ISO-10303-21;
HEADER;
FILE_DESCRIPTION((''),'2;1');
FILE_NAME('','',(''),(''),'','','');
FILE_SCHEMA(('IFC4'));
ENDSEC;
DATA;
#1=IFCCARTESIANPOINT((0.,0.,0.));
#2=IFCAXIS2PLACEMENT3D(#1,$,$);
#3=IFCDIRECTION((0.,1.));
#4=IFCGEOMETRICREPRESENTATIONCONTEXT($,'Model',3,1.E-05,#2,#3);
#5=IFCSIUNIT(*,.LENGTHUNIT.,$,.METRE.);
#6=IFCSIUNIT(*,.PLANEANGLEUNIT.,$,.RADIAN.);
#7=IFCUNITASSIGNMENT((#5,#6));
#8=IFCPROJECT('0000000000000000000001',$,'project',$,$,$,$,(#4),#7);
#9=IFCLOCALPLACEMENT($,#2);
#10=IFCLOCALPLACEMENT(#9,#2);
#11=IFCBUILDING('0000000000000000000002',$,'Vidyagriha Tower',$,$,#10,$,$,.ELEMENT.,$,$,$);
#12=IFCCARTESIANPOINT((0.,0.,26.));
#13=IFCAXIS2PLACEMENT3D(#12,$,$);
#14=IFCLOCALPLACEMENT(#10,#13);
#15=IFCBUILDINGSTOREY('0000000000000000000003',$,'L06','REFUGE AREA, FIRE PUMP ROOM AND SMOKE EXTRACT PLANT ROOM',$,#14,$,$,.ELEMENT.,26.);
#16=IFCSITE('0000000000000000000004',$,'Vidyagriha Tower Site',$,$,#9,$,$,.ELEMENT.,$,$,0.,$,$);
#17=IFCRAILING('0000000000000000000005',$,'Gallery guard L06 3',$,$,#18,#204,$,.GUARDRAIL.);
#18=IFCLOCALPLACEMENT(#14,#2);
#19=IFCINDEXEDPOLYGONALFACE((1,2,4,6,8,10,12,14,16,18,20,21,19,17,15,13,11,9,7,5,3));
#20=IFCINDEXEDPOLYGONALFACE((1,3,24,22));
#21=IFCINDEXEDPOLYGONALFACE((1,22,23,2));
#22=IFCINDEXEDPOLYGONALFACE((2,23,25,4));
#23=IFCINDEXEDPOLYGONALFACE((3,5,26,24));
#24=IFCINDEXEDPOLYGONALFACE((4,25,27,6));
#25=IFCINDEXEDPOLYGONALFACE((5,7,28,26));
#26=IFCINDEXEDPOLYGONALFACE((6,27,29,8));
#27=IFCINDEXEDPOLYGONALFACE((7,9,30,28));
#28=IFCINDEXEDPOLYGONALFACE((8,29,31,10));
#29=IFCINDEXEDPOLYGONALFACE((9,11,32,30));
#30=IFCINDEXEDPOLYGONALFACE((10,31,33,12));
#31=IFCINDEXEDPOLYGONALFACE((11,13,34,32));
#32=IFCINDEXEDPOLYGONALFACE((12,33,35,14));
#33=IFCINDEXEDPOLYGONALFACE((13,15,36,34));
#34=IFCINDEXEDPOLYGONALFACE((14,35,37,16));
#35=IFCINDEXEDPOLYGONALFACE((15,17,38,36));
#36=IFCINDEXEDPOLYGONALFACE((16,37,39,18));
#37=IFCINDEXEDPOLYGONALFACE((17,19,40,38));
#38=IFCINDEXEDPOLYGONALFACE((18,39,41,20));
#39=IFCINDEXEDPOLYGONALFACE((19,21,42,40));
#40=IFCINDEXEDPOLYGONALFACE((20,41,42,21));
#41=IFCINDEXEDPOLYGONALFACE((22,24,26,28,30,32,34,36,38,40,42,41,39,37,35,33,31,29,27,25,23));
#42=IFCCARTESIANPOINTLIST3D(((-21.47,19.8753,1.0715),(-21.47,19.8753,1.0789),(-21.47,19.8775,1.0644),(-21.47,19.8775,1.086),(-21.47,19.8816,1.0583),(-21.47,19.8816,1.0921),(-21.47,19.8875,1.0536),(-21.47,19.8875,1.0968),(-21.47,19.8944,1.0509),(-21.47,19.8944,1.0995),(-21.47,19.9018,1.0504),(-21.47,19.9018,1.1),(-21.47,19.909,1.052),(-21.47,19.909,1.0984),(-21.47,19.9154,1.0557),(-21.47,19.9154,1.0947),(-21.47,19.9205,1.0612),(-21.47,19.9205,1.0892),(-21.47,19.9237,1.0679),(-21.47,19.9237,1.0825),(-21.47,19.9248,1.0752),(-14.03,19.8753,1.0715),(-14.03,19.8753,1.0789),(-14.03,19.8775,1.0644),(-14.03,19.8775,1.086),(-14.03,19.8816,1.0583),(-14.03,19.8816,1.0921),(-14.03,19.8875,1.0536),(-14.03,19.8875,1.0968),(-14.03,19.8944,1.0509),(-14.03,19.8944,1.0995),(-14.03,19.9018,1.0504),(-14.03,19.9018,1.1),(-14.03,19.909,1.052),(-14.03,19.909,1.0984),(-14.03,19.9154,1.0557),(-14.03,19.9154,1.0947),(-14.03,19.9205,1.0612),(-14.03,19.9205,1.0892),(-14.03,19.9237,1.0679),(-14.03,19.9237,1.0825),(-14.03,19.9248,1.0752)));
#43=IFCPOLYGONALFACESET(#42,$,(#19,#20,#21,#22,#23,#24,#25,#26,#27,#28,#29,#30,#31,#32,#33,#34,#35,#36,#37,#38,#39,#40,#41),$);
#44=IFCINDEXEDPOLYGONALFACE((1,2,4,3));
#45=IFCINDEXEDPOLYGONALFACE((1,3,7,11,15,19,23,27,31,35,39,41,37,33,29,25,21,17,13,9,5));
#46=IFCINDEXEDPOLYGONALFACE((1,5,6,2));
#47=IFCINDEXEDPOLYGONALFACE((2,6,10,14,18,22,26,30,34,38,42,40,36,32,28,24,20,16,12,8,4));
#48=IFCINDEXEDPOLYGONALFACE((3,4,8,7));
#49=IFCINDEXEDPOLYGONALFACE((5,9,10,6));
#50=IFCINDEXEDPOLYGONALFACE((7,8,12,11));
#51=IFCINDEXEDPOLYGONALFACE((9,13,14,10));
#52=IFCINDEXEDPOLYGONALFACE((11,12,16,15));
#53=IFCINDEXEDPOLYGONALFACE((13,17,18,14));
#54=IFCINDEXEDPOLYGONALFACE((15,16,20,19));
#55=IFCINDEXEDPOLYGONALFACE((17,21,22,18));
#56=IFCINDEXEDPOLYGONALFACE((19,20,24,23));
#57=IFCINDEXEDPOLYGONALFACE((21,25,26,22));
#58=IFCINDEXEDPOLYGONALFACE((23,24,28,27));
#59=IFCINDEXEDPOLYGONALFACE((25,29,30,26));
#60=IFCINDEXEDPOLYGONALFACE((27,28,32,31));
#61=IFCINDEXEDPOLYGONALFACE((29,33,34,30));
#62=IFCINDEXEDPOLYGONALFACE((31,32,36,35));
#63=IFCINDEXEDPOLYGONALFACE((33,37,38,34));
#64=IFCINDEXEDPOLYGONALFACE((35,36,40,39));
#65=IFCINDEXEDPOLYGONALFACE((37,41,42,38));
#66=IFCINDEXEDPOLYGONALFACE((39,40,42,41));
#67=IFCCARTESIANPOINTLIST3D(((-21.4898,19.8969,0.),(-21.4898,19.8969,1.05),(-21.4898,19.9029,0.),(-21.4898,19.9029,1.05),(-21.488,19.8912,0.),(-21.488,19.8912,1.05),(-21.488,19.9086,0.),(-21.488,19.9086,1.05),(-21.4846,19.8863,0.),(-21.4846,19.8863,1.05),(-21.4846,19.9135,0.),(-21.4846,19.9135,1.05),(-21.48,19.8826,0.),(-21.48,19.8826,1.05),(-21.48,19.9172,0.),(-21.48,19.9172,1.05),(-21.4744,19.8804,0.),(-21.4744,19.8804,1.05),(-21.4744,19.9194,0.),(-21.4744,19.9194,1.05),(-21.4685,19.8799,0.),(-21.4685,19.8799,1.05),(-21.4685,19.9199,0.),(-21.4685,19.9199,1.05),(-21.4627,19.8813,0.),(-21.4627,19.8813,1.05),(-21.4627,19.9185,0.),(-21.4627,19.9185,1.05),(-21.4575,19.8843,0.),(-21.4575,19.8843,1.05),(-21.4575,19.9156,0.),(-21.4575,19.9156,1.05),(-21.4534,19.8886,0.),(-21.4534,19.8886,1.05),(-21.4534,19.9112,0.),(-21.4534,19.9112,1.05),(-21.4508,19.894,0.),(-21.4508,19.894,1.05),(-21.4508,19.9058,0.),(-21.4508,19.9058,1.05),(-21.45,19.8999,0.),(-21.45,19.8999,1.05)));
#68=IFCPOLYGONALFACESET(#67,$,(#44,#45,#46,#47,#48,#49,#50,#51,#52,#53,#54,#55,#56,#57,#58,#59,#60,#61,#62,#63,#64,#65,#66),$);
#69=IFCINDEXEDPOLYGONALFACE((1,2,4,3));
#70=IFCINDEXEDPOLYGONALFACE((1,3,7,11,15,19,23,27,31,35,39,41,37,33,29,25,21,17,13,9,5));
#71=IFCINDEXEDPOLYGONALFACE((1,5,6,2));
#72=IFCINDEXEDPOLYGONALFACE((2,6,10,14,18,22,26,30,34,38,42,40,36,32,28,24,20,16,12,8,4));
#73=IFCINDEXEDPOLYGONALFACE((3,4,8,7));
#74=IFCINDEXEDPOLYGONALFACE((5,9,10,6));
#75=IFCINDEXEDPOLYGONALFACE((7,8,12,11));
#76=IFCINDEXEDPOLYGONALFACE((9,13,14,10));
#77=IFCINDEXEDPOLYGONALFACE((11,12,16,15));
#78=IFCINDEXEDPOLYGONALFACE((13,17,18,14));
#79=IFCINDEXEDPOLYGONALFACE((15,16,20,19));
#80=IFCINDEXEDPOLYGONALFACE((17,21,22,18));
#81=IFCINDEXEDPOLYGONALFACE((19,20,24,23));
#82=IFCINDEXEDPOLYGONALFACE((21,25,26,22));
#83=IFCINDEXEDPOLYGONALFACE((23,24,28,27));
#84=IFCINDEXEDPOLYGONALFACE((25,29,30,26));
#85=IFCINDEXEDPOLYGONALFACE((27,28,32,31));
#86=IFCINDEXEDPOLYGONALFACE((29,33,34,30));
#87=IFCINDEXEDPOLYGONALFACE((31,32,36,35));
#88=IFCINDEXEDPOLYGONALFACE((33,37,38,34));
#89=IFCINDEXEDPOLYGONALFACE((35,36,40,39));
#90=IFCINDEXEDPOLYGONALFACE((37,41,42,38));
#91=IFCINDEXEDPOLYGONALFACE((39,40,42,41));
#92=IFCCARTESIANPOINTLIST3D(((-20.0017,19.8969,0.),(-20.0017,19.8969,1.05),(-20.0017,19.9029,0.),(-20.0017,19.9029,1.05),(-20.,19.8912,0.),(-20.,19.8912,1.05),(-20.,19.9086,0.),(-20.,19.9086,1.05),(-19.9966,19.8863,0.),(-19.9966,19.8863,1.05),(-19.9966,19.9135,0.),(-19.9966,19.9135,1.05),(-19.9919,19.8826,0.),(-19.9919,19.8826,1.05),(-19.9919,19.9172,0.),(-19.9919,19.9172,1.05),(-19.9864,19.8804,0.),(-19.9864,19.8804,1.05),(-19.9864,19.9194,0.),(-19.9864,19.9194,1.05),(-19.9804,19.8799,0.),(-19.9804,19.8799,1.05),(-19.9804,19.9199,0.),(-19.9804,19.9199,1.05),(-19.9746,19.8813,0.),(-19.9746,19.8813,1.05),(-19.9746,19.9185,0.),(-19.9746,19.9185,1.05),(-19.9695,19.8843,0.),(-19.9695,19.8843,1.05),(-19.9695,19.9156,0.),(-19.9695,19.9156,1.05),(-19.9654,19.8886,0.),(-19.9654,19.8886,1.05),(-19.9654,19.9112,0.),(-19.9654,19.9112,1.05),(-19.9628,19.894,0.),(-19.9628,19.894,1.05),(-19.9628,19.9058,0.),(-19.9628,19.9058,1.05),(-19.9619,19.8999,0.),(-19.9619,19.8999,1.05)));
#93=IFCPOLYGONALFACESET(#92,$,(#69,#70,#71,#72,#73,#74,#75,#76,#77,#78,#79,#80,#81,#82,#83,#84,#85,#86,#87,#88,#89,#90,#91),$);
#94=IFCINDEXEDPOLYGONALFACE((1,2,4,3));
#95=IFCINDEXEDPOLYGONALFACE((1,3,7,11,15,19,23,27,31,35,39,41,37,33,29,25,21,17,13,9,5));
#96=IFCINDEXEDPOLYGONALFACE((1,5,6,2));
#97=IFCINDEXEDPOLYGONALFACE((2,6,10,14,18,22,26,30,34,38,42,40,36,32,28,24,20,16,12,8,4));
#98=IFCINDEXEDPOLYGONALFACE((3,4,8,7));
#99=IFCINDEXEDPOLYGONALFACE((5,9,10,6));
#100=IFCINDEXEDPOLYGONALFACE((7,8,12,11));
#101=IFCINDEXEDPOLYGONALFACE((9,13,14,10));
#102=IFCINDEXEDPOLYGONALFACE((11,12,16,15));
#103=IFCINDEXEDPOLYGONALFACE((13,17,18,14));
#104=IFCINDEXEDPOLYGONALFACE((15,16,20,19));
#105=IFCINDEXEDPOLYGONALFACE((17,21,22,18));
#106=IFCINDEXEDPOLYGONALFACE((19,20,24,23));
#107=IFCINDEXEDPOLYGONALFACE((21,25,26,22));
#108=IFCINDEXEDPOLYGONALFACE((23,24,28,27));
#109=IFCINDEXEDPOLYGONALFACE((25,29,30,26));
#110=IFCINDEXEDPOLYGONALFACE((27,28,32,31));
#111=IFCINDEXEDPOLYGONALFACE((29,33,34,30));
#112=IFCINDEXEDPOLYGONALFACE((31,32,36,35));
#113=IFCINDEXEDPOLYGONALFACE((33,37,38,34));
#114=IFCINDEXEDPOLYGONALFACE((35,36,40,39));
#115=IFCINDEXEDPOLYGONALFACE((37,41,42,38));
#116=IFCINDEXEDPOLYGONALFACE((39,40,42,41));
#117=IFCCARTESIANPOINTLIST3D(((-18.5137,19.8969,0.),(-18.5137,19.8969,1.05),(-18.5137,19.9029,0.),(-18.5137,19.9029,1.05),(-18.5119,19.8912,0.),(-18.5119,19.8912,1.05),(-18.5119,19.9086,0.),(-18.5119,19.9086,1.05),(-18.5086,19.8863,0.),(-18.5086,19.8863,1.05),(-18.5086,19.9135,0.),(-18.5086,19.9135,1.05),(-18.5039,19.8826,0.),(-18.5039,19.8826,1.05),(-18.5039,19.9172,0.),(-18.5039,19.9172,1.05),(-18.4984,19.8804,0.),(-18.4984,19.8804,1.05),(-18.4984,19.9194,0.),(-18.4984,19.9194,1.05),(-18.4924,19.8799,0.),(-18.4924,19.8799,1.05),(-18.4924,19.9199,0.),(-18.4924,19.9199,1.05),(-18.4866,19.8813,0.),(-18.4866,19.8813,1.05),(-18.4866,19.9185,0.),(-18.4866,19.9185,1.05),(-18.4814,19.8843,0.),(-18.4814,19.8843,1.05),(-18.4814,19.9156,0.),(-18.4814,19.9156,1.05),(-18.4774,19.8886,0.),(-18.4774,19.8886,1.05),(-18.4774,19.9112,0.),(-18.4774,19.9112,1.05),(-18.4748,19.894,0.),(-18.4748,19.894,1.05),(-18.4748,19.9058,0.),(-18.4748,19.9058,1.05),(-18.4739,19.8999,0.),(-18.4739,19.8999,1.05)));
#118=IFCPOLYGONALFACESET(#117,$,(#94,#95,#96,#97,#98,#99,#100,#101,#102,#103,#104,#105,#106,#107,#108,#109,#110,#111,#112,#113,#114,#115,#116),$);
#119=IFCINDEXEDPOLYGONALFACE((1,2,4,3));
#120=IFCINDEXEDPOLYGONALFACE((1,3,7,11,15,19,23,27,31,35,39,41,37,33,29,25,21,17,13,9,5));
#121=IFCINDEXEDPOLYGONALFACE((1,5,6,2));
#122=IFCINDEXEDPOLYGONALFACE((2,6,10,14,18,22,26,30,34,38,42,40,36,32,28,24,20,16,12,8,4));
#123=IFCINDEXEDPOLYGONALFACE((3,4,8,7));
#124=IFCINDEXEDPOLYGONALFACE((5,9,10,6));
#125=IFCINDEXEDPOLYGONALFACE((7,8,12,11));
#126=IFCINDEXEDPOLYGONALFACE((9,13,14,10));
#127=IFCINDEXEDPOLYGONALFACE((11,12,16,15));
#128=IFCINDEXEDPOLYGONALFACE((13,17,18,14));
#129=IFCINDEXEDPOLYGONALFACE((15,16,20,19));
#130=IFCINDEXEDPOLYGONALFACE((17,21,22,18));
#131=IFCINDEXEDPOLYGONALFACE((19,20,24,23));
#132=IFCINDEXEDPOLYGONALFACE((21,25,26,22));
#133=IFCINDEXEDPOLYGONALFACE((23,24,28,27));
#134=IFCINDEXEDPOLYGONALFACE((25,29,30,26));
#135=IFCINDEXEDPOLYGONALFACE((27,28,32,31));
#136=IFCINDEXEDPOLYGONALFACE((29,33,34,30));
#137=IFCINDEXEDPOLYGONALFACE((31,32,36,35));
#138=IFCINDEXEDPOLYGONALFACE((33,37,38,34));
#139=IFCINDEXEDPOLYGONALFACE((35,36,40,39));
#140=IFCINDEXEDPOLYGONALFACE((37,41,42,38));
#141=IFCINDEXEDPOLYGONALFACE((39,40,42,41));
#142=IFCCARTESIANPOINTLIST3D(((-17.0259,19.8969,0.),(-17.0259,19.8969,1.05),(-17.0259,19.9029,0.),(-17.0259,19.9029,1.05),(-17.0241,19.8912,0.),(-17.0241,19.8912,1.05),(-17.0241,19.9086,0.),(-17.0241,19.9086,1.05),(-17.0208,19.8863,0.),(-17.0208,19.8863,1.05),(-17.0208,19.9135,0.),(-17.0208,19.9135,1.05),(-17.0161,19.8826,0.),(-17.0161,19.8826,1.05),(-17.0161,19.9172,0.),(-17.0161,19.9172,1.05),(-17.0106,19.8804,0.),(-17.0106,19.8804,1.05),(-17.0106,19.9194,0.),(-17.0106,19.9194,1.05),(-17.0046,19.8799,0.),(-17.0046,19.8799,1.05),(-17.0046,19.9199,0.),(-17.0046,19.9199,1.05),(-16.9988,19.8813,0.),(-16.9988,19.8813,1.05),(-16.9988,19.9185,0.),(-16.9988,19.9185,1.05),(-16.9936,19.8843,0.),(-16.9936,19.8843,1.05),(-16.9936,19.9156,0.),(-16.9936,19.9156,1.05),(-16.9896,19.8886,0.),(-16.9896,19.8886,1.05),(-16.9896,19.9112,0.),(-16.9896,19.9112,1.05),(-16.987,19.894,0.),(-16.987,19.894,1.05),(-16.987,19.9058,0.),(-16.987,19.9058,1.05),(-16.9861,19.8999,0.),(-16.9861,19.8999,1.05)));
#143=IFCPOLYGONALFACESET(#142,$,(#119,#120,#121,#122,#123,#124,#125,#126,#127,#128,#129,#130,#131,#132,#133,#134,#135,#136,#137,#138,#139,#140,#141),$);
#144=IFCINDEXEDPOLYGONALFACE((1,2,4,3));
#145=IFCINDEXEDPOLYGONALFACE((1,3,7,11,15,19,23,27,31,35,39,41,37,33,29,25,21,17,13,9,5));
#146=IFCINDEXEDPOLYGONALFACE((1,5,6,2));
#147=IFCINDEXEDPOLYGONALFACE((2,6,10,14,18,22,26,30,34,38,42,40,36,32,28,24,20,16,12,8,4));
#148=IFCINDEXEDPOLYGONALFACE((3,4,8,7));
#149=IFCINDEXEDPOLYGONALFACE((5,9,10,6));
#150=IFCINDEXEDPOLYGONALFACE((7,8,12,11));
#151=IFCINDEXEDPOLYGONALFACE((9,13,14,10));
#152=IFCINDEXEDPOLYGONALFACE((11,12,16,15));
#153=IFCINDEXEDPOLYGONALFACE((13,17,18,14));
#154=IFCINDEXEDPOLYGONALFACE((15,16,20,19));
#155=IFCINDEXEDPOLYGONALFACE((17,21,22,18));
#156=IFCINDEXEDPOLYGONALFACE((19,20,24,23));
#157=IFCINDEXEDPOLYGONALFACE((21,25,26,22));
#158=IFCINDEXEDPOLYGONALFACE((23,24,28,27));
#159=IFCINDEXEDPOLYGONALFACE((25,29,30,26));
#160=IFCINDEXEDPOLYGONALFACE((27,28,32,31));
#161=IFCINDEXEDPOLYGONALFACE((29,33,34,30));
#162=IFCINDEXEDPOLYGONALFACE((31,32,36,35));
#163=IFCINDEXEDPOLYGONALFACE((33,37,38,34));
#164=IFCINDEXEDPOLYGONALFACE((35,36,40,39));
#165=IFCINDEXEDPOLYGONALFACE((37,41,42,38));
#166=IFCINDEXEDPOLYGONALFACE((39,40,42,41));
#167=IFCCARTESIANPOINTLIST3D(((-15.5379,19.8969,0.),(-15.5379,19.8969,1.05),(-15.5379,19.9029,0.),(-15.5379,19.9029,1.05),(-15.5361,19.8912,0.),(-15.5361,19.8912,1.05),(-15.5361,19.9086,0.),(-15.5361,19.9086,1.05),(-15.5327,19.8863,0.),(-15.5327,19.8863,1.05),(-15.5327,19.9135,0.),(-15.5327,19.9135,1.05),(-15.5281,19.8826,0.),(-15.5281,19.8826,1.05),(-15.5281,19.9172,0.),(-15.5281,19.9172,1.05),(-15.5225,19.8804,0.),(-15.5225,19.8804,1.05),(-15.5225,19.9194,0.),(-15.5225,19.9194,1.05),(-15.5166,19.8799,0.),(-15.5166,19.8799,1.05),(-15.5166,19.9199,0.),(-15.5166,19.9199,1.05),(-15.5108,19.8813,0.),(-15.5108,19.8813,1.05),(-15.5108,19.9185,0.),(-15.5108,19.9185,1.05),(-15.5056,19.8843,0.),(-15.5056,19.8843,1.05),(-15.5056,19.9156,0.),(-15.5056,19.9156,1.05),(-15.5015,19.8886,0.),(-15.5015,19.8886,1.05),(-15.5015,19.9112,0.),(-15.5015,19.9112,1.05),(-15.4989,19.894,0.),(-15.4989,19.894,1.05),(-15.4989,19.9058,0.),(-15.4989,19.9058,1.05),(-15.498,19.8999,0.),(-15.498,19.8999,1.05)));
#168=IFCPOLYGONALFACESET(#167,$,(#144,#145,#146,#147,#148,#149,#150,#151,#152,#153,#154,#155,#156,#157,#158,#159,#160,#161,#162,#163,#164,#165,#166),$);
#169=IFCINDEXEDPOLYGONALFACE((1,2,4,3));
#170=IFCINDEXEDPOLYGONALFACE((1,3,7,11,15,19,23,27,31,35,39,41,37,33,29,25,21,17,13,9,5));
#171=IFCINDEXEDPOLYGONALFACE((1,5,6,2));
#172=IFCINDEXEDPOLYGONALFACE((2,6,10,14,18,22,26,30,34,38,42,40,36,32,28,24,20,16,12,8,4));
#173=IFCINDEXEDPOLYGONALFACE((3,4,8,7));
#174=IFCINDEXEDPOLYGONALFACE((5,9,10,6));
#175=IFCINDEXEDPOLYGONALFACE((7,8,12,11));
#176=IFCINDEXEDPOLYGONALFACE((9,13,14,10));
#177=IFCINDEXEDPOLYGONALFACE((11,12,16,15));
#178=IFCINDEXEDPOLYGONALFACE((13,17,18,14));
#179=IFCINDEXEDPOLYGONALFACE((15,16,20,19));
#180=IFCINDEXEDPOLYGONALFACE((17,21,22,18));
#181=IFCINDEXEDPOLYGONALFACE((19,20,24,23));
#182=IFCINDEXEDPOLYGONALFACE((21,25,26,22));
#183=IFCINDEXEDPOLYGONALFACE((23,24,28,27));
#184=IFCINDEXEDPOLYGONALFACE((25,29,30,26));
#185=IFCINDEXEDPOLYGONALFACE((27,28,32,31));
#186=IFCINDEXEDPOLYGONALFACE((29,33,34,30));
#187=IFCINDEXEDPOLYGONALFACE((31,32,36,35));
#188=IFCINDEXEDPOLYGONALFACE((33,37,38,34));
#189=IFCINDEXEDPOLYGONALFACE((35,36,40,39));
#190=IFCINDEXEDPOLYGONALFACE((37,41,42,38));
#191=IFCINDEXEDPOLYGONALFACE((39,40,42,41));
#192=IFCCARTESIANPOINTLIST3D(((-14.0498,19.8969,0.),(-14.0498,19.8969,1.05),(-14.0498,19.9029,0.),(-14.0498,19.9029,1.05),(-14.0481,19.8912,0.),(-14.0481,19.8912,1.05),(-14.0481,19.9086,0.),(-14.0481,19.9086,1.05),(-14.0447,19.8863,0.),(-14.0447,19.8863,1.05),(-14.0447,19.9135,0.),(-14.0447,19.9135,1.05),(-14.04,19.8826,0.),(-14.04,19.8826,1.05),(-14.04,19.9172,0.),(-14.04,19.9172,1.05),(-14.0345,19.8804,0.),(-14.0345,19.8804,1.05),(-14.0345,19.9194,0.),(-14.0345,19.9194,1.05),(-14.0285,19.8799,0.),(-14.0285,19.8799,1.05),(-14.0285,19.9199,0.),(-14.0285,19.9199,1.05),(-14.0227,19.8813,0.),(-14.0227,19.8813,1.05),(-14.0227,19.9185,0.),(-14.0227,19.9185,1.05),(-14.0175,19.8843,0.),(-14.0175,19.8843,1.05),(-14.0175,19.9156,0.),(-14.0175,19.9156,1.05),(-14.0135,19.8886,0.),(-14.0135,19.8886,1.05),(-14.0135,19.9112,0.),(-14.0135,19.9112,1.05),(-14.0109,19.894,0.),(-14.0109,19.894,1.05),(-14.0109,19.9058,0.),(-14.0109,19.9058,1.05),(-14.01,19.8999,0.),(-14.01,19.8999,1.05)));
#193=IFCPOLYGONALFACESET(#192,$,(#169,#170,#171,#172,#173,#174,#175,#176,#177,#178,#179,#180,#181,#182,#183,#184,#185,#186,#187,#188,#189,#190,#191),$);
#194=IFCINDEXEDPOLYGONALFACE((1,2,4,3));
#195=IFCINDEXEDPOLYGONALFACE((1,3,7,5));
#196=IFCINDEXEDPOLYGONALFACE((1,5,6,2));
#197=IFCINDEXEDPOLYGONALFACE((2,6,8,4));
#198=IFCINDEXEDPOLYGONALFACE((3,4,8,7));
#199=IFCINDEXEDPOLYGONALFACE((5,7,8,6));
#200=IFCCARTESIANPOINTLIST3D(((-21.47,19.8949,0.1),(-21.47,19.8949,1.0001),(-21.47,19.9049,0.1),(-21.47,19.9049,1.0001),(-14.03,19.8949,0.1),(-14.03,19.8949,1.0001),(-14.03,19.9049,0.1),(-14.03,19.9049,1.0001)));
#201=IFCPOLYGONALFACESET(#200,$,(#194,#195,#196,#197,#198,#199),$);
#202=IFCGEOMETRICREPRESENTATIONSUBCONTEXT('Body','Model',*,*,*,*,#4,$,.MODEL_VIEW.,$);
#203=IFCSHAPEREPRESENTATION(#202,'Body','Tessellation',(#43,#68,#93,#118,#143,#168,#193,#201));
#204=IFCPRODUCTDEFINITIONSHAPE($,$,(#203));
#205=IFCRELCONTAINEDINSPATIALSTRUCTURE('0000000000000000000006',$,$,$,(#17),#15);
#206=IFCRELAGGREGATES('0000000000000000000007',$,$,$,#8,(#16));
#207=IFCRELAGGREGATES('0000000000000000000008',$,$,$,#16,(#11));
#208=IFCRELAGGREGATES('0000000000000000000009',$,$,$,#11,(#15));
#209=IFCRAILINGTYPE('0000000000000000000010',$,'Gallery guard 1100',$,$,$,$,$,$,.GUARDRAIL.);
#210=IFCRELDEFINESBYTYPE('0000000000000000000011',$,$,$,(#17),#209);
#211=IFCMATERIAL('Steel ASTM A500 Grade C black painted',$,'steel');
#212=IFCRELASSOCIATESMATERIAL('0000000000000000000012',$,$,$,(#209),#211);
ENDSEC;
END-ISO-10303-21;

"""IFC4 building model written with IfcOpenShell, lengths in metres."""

from ifc_helpers import new_model, si_unit, direction, frame, origin, origin_2d, place, context, subcontext, project, spatial, rectangle, circle, extrude, material, type_object, element, save


model = new_model("IFC4")

# Units and contexts
model_context = context("Model", 3, precision=1e-05, world=origin(), true_north=direction((0.0, 1.0)))
body_context = subcontext(model_context, "Body", "Model", "MODEL_VIEW")
ifc_project = project(units=[si_unit("LENGTHUNIT", "METRE"), si_unit("PLANEANGLEUNIT", "RADIAN")], contexts=[model_context])

# Site, building, storey
site_placement = place(None, origin())
site = spatial("IfcSite", under=ifc_project, at=site_placement, Name="Vidyagriha Tower Site", CompositionType="ELEMENT", RefElevation=0.0)
building_placement = place(site_placement, origin())
building = spatial("IfcBuilding", under=site, at=building_placement, Name="Vidyagriha Tower", CompositionType="ELEMENT")
storey_placement = place(building_placement, frame((0.0, 0.0, 26.0)))
storey = spatial("IfcBuildingStorey", under=building, at=storey_placement, Name="L06", Description="REFUGE AREA, FIRE PUMP ROOM AND SMOKE EXTRACT PLANT ROOM", CompositionType="ELEMENT", Elevation=26.0)

# Railing
ifc_material_1 = material(Name="Steel ASTM A500 Grade C black painted", Category="steel")
railing_type_1 = type_object("IfcRailingType", Name="Gallery guard 1100", PredefinedType="GUARDRAIL", material=ifc_material_1)
railing_1_placement = place(storey_placement, frame((-21.47, 19.8999, 0.0)))
element("IfcRailing", 1, at=railing_1_placement, inside=storey, type_object=railing_type_1, Name="Gallery guard L06 3", PredefinedType="GUARDRAIL", context=body_context, shape_type="SweptSolid", body=[
    extrude(circle(Radius=0.0249, at=origin_2d()), frame((0.0, 0.0, 1.0752), z_axis=(1.0, 0.0, 0.0), x_axis=(0.0, 1.0, 0.0)), (0.0, 0.0, 1.0), 7.4399),
    extrude(circle(Radius=0.02, at=origin_2d()), origin(), (0.0, 0.0, 1.0), 1.05),
    extrude(circle(Radius=0.02, at=origin_2d()), frame((1.488, 0.0, 0.0)), (0.0, 0.0, 1.0), 1.05),
    extrude(circle(Radius=0.02, at=origin_2d()), frame((2.9761, 0.0, 0.0)), (0.0, 0.0, 1.0), 1.05),
    extrude(circle(Radius=0.02, at=origin_2d()), frame((4.4639, 0.0, 0.0)), (0.0, 0.0, 1.0), 1.05),
    extrude(circle(Radius=0.02, at=origin_2d()), frame((5.9519, 0.0, 0.0)), (0.0, 0.0, 1.0), 1.05),
    extrude(circle(Radius=0.02, at=origin_2d()), frame((7.4399, 0.0, 0.0)), (0.0, 0.0, 1.0), 1.05),
    extrude(rectangle(XDim=0.01, YDim=0.9001, at=origin_2d()), frame((0.0, 0.0, 0.55), z_axis=(1.0, 0.0, 0.0), x_axis=(0.0, 1.0, 0.0)), (0.0, 0.0, 1.0), 7.4399),
])

save(model, "model.ifc")
